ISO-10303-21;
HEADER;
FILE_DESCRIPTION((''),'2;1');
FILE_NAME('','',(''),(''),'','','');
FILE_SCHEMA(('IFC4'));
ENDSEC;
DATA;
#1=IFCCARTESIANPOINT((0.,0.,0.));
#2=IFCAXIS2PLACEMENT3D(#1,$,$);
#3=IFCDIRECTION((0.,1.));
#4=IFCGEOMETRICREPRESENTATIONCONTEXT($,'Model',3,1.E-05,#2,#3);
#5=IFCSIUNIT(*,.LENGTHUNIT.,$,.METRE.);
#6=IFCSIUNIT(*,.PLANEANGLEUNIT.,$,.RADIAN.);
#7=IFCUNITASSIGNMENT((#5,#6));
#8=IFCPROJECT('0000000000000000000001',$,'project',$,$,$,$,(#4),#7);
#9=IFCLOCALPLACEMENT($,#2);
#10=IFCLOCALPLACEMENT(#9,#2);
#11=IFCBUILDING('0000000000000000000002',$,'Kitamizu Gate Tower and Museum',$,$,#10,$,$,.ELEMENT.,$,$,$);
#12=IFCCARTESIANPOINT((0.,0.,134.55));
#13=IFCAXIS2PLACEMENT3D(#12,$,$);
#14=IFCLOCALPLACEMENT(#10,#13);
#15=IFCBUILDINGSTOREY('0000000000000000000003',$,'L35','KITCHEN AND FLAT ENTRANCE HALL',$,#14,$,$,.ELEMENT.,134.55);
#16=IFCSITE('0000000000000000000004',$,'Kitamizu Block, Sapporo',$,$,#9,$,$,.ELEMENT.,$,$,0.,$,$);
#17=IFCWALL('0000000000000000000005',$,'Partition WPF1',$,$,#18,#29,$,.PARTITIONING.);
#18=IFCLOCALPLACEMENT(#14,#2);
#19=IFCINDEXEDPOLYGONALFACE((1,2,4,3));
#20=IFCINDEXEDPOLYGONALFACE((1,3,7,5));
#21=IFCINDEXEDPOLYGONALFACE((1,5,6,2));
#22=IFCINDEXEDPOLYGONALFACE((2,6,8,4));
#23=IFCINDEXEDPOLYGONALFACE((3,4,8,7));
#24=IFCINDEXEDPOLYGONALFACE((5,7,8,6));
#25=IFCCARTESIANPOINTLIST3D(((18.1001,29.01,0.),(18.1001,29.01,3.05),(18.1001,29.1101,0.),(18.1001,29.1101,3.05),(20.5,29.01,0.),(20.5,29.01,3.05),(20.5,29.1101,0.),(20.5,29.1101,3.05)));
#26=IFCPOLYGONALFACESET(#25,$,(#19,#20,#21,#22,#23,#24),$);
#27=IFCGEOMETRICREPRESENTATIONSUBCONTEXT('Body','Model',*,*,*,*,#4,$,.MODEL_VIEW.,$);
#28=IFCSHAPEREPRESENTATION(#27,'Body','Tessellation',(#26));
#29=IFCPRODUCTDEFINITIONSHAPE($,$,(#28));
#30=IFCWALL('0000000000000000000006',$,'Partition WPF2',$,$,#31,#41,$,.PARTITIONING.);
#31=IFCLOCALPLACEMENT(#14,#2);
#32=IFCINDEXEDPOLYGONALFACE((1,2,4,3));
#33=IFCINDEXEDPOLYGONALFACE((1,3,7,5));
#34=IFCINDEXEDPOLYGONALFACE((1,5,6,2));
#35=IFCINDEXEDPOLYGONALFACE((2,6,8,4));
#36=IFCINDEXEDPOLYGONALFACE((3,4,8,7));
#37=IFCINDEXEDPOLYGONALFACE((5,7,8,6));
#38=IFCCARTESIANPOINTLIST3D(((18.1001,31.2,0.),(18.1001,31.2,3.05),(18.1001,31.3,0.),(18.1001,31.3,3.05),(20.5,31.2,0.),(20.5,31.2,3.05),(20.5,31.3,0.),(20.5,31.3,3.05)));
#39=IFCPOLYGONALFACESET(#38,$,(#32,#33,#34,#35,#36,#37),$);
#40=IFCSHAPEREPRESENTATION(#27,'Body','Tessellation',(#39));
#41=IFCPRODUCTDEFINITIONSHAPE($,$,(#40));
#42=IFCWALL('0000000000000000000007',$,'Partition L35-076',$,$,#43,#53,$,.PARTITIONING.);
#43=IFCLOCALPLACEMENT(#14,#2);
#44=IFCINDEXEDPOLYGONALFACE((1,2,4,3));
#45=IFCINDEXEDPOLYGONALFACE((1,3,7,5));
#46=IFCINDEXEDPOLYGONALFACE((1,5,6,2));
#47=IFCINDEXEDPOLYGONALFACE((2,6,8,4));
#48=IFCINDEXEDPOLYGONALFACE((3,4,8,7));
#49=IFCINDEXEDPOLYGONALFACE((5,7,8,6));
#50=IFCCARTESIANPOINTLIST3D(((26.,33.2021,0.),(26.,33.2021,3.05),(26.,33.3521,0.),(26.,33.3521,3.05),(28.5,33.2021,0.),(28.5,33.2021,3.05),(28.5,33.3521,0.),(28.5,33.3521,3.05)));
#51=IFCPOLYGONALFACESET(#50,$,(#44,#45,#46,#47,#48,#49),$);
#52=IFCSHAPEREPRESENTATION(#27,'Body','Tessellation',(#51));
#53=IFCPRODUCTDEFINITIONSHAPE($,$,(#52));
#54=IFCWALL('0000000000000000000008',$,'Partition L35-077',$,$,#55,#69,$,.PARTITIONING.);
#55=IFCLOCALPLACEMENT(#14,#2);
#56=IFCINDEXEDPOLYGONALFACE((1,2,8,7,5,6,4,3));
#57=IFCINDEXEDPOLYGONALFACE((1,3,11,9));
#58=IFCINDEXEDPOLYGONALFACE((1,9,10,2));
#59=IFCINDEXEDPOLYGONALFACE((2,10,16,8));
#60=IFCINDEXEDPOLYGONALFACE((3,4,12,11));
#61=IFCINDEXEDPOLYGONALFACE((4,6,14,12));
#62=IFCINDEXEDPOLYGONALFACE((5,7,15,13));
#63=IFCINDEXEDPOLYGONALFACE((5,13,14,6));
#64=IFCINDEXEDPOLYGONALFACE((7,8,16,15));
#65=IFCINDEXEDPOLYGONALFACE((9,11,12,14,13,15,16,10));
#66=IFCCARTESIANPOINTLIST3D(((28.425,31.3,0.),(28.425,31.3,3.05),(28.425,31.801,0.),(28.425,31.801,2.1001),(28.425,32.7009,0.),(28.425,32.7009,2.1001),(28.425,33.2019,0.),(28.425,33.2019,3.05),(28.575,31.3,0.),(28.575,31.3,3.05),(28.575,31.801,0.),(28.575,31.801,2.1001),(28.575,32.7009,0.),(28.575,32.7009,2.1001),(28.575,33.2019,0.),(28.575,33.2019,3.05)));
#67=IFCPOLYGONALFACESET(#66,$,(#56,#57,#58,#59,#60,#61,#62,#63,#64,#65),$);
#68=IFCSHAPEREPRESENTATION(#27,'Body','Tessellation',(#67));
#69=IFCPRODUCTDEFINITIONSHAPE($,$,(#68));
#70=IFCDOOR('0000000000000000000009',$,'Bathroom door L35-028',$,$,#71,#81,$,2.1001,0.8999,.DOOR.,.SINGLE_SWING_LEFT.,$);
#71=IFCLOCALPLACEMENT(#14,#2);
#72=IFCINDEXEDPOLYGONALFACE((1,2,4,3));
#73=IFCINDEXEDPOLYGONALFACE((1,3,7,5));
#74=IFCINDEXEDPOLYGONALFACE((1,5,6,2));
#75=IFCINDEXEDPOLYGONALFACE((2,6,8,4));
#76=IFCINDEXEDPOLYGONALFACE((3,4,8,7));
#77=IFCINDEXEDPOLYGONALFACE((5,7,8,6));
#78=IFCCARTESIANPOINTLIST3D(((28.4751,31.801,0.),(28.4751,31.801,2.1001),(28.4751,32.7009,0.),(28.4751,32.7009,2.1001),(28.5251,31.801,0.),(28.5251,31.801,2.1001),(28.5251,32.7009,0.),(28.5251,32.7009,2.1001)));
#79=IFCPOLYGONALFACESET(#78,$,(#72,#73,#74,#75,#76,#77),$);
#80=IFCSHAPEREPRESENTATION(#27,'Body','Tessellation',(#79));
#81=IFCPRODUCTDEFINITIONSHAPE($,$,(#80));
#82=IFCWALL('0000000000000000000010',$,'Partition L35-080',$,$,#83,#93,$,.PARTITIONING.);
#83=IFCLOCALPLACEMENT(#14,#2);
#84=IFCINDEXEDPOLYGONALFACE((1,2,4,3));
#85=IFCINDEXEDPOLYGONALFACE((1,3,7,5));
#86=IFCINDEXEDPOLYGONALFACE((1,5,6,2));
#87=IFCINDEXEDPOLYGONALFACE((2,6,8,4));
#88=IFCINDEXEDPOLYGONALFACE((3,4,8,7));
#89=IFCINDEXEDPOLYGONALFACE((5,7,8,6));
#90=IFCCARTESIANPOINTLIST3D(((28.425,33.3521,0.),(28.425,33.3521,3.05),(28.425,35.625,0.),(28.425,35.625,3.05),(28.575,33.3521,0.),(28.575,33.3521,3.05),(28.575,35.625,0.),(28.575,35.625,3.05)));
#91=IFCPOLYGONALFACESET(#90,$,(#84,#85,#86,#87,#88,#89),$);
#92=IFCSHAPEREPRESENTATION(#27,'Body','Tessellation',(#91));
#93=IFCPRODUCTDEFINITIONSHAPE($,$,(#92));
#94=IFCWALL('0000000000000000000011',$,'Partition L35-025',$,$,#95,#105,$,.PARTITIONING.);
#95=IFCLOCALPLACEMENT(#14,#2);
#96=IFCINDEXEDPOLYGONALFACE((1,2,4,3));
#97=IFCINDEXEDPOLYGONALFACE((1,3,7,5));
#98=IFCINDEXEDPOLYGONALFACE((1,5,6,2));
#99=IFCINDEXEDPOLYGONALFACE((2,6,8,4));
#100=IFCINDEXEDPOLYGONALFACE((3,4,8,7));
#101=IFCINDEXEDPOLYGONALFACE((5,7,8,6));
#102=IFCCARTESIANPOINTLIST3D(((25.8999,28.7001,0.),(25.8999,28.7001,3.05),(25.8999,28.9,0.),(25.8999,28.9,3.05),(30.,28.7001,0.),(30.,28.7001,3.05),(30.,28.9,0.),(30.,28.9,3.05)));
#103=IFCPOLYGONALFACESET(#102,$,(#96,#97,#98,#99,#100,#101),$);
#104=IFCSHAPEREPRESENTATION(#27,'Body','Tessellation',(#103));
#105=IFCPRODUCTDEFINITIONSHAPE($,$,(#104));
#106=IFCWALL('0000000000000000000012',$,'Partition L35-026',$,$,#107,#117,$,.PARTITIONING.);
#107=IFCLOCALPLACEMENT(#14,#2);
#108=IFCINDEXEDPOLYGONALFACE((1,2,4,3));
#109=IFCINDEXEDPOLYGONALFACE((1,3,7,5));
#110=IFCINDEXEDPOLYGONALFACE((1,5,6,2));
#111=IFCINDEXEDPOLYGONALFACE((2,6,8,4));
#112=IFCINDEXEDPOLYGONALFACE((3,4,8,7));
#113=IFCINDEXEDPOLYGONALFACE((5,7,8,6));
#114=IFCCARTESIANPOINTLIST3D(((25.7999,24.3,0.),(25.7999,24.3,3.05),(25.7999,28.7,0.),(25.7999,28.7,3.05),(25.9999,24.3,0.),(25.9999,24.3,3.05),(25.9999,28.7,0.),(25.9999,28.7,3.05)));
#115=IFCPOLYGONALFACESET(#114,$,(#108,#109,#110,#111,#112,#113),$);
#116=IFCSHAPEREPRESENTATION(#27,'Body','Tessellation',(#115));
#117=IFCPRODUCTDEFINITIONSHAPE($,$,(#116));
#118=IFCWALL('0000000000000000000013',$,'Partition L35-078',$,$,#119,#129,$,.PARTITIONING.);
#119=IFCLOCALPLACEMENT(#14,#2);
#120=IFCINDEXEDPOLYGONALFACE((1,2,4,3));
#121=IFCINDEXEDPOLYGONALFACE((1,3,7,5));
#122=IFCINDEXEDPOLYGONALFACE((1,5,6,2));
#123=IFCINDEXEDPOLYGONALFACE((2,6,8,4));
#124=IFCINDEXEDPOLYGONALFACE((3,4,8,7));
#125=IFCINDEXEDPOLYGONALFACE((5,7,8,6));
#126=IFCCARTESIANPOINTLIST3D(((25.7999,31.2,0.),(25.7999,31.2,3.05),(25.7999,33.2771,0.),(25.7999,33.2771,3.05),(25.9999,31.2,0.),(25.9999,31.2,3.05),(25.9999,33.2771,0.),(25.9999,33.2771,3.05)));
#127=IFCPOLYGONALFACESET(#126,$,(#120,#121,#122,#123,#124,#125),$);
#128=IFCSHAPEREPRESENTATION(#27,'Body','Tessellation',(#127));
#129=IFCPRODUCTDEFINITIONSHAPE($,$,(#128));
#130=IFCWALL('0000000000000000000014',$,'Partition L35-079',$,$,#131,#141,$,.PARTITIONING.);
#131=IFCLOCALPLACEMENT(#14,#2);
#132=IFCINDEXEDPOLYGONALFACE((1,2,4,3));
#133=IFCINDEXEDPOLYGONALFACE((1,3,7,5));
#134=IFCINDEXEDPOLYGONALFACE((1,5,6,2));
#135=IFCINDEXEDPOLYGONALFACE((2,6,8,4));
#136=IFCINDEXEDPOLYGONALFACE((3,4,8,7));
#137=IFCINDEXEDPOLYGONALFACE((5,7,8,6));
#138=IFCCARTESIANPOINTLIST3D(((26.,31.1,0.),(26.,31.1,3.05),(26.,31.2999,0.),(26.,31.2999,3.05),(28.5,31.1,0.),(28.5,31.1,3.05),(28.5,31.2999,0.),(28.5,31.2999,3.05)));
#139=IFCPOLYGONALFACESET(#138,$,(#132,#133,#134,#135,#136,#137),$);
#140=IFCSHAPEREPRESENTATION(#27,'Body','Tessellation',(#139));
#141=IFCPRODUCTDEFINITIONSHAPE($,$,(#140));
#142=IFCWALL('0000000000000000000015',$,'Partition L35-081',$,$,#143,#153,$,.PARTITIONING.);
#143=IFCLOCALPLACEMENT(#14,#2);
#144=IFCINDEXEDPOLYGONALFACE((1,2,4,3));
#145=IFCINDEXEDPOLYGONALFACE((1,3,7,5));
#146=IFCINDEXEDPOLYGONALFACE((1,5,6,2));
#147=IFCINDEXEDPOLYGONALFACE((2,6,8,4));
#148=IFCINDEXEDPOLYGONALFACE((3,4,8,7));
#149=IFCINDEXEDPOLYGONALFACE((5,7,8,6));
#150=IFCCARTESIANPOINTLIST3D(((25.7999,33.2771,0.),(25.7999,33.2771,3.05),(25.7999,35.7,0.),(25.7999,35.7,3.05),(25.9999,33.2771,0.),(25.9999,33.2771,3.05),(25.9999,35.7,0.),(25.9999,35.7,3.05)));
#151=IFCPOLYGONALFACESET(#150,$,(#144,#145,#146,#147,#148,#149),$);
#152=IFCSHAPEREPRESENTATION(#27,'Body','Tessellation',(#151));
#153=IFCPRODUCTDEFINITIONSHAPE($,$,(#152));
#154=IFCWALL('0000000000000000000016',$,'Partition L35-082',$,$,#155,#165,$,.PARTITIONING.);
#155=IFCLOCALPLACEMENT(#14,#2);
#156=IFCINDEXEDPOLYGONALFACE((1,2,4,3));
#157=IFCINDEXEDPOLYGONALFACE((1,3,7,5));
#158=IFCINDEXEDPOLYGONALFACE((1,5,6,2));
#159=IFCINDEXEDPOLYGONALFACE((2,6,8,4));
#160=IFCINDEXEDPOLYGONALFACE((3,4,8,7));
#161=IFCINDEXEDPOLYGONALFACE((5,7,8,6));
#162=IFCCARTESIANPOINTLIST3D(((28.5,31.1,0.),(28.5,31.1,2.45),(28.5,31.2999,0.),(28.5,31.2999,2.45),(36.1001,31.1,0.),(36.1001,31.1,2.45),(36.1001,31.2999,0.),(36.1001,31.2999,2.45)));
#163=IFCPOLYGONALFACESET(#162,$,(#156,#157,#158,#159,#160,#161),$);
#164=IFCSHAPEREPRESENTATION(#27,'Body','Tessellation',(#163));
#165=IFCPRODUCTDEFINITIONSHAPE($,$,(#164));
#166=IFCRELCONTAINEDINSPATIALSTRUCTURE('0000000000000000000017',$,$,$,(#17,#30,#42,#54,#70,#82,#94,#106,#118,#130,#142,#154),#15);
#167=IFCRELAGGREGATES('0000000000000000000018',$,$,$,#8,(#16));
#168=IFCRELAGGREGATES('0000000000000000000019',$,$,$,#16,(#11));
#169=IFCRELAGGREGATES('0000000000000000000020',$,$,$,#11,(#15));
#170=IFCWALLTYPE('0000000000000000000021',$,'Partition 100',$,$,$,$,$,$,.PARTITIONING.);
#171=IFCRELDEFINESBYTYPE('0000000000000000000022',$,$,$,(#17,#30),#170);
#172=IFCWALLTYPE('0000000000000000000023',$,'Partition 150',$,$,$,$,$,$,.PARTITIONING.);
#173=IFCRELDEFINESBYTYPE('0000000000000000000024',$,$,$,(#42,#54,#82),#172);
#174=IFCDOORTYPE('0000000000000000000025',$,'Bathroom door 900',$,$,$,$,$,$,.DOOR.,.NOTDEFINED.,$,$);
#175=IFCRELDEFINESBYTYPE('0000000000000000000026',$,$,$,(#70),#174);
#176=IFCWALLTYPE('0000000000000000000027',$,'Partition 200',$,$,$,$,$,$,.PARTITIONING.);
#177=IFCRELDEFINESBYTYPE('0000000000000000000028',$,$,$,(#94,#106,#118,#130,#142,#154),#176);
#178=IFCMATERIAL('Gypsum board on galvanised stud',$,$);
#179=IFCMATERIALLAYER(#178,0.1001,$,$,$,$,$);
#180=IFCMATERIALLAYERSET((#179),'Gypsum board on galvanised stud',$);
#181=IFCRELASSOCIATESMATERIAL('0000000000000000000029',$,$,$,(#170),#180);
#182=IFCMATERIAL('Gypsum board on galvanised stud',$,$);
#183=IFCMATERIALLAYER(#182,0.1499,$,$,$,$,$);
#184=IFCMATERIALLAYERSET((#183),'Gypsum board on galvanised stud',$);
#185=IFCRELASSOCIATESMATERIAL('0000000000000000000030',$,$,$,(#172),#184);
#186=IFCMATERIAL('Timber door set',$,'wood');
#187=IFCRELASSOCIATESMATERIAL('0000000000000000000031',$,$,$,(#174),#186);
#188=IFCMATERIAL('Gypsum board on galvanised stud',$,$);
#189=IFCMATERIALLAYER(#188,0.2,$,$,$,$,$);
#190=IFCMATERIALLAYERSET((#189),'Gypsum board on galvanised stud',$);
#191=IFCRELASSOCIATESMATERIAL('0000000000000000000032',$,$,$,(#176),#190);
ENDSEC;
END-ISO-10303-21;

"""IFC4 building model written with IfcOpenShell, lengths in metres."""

from ifc_helpers import new_model, si_unit, direction, frame, frame_2d, origin, place, context, subcontext, project, spatial, rectangle, extrude, material, layer, layer_set, type_object, element, fill, save


model = new_model("IFC4")

# Units and contexts
model_context = context("Model", 3, precision=1e-05, world=origin(), true_north=direction((0.0, 1.0)))
body_context = subcontext(model_context, "Body", "Model", "MODEL_VIEW")
ifc_project = project(units=[si_unit("LENGTHUNIT", "METRE"), si_unit("PLANEANGLEUNIT", "RADIAN")], contexts=[model_context])

# Site, building, storey
site_placement = place(None, origin())
site = spatial("IfcSite", under=ifc_project, at=site_placement, Name="Kitamizu Block, Sapporo", CompositionType="ELEMENT", RefElevation=0.0)
building_placement = place(site_placement, origin())
building = spatial("IfcBuilding", under=site, at=building_placement, Name="Kitamizu Gate Tower and Museum", CompositionType="ELEMENT")
storey_placement = place(building_placement, frame((0.0, 0.0, 134.55)))
storey = spatial("IfcBuildingStorey", under=building, at=storey_placement, Name="L35", Description="KITCHEN AND FLAT ENTRANCE HALL", CompositionType="ELEMENT", Elevation=134.55)

# Walls
ifc_material_1 = material(Name="Gypsum board on galvanised stud")
ifc_layer_1 = layer(ifc_material_1, 0.1001)
ifc_layer_set_1 = layer_set([ifc_layer_1], Name="Gypsum board on galvanised stud")
wall_type_1 = type_object("IfcWallType", Name="Partition 100", PredefinedType="PARTITIONING", material=ifc_layer_set_1)
for number, where, z_axis, x_axis, name in (
    (1, (18.1001, 29.0601, 0.0), (0.0, 0.0, 1.0), (1.0, 0.0, 0.0), "Partition WPF1"),
    (2, (18.1001, 31.25, 0.0), (0.0, 0.0, 1.0), (1.0, 0.0, 0.0), "Partition WPF2"),
):
    element("IfcWall", number, at=place(storey_placement, frame(where, z_axis=z_axis, x_axis=x_axis)), inside=storey, type_object=wall_type_1, Name=name, PredefinedType="PARTITIONING", context=body_context, shape_type="SweptSolid", body=[
        extrude(rectangle(XDim=2.3999, YDim=0.1001, at=frame_2d((1.2, 0.0))), origin(), (0.0, 0.0, 1.0), 3.05),
    ])
ifc_material_2 = material(Name="Gypsum board on galvanised stud")
ifc_layer_2 = layer(ifc_material_2, 0.1499)
ifc_layer_set_2 = layer_set([ifc_layer_2], Name="Gypsum board on galvanised stud")
wall_type_2 = type_object("IfcWallType", Name="Partition 150", PredefinedType="PARTITIONING", material=ifc_layer_set_2)
wall_1_placement = place(storey_placement, frame((28.5, 33.2771, 0.0), z_axis=(0.0, 0.0, 1.0), x_axis=(-1.0, 0.0, 0.0)))
element("IfcWall", 3, at=wall_1_placement, inside=storey, type_object=wall_type_2, Name="Partition L35-076", PredefinedType="PARTITIONING", context=body_context, shape_type="SweptSolid", body=[
    extrude(rectangle(XDim=2.5, YDim=0.1499, at=frame_2d((1.25, 0.0))), origin(), (0.0, 0.0, 1.0), 3.05),
])

# Wall, opening, door
wall_2_placement = place(storey_placement, frame((28.5, 31.3, 0.0), z_axis=(0.0, 0.0, 1.0), x_axis=(0.0, 1.0, 0.0)))
wall_2 = element("IfcWall", 4, at=wall_2_placement, inside=storey, type_object=wall_type_2, Name="Partition L35-077", PredefinedType="PARTITIONING", context=body_context, shape_type="SweptSolid", body=[
    extrude(rectangle(XDim=1.9019, YDim=0.1499, at=frame_2d((0.9509, 0.0))), origin(), (0.0, 0.0, 1.0), 3.05),
])
opening_1_placement = place(wall_2_placement, frame((0.501, 0.0, 0.0)))
opening_1 = element("IfcOpeningElement", 5, at=opening_1_placement, cuts=wall_2, PredefinedType="OPENING", context=body_context, shape_type="SweptSolid", body=[
    extrude(rectangle(XDim=0.8999, YDim=2.1001, at=frame_2d((0.45, 1.05))), frame((0.0, 0.085, 0.0), z_axis=(0.0, -1.0, 0.0), x_axis=(1.0, 0.0, 0.0)), (0.0, 0.0, 1.0), 0.1699),
])
ifc_material_3 = material(Name="Timber door set", Category="wood")
door_type_1 = type_object("IfcDoorType", Name="Bathroom door 900", OperationType="NOTDEFINED", PredefinedType="DOOR", material=ifc_material_3)
door_1_placement = place(opening_1_placement, origin())
door_1 = element("IfcDoor", 6, at=door_1_placement, inside=storey, type_object=door_type_1, Name="Bathroom door L35-028", OperationType="SINGLE_SWING_LEFT", OverallHeight=2.1001, OverallWidth=0.8999, PredefinedType="DOOR", context=body_context, shape_type="SweptSolid", body=[
    extrude(rectangle(XDim=0.8999, YDim=2.1001, at=frame_2d((0.45, 1.05))), frame((0.0, 0.0249, 0.0), z_axis=(0.0, -1.0, 0.0), x_axis=(1.0, 0.0, 0.0)), (0.0, 0.0, 1.0), 0.05),
])
fill(opening_1, door_1)

# Walls
wall_3_placement = place(storey_placement, frame((28.5, 33.3521, 0.0), z_axis=(0.0, 0.0, 1.0), x_axis=(0.0, 1.0, 0.0)))
element("IfcWall", 7, at=wall_3_placement, inside=storey, type_object=wall_type_2, Name="Partition L35-080", PredefinedType="PARTITIONING", context=body_context, shape_type="SweptSolid", body=[
    extrude(rectangle(XDim=2.2729, YDim=0.1499, at=frame_2d((1.1365, 0.0))), origin(), (0.0, 0.0, 1.0), 3.05),
])
ifc_material_4 = material(Name="Gypsum board on galvanised stud")
ifc_layer_3 = layer(ifc_material_4, 0.2)
ifc_layer_set_3 = layer_set([ifc_layer_3], Name="Gypsum board on galvanised stud")
wall_type_3 = type_object("IfcWallType", Name="Partition 200", PredefinedType="PARTITIONING", material=ifc_layer_set_3)
wall_4_placement = place(storey_placement, frame((30.0, 28.8, 0.0), z_axis=(0.0, 0.0, 1.0), x_axis=(-1.0, 0.0, 0.0)))
element("IfcWall", 8, at=wall_4_placement, inside=storey, type_object=wall_type_3, Name="Partition L35-025", PredefinedType="PARTITIONING", context=body_context, shape_type="SweptSolid", body=[
    extrude(rectangle(XDim=4.1001, YDim=0.2, at=frame_2d((2.05, 0.0))), origin(), (0.0, 0.0, 1.0), 3.05),
])
wall_5_placement = place(storey_placement, frame((25.8999, 28.7, 0.0), z_axis=(0.0, 0.0, 1.0), x_axis=(0.0, -1.0, 0.0)))
element("IfcWall", 9, at=wall_5_placement, inside=storey, type_object=wall_type_3, Name="Partition L35-026", PredefinedType="PARTITIONING", context=body_context, shape_type="SweptSolid", body=[
    extrude(rectangle(XDim=4.3999, YDim=0.2, at=frame_2d((2.2, 0.0))), origin(), (0.0, 0.0, 1.0), 3.05),
])
wall_6_placement = place(storey_placement, frame((25.8999, 33.2771, 0.0), z_axis=(0.0, 0.0, 1.0), x_axis=(0.0, -1.0, 0.0)))
element("IfcWall", 10, at=wall_6_placement, inside=storey, type_object=wall_type_3, Name="Partition L35-078", PredefinedType="PARTITIONING", context=body_context, shape_type="SweptSolid", body=[
    extrude(rectangle(XDim=2.0771, YDim=0.2, at=frame_2d((1.0386, 0.0))), origin(), (0.0, 0.0, 1.0), 3.05),
])
wall_7_placement = place(storey_placement, frame((26.0, 31.2, 0.0), z_axis=(0.0, 0.0, 1.0), x_axis=(1.0, 0.0, 0.0)))
element("IfcWall", 11, at=wall_7_placement, inside=storey, type_object=wall_type_3, Name="Partition L35-079", PredefinedType="PARTITIONING", context=body_context, shape_type="SweptSolid", body=[
    extrude(rectangle(XDim=2.5, YDim=0.2, at=frame_2d((1.25, 0.0))), origin(), (0.0, 0.0, 1.0), 3.05),
])
wall_8_placement = place(storey_placement, frame((25.8999, 35.7, 0.0), z_axis=(0.0, 0.0, 1.0), x_axis=(0.0, -1.0, 0.0)))
element("IfcWall", 12, at=wall_8_placement, inside=storey, type_object=wall_type_3, Name="Partition L35-081", PredefinedType="PARTITIONING", context=body_context, shape_type="SweptSolid", body=[
    extrude(rectangle(XDim=2.4229, YDim=0.2, at=frame_2d((1.2114, 0.0))), origin(), (0.0, 0.0, 1.0), 3.05),
])
wall_9_placement = place(storey_placement, frame((28.5, 31.2, 0.0), z_axis=(0.0, 0.0, 1.0), x_axis=(1.0, 0.0, 0.0)))
element("IfcWall", 13, at=wall_9_placement, inside=storey, type_object=wall_type_3, Name="Partition L35-082", PredefinedType="PARTITIONING", context=body_context, shape_type="SweptSolid", body=[
    extrude(rectangle(XDim=7.6001, YDim=0.2, at=frame_2d((3.8, 0.0))), origin(), (0.0, 0.0, 1.0), 2.45),
])

save(model, "model.ifc")
